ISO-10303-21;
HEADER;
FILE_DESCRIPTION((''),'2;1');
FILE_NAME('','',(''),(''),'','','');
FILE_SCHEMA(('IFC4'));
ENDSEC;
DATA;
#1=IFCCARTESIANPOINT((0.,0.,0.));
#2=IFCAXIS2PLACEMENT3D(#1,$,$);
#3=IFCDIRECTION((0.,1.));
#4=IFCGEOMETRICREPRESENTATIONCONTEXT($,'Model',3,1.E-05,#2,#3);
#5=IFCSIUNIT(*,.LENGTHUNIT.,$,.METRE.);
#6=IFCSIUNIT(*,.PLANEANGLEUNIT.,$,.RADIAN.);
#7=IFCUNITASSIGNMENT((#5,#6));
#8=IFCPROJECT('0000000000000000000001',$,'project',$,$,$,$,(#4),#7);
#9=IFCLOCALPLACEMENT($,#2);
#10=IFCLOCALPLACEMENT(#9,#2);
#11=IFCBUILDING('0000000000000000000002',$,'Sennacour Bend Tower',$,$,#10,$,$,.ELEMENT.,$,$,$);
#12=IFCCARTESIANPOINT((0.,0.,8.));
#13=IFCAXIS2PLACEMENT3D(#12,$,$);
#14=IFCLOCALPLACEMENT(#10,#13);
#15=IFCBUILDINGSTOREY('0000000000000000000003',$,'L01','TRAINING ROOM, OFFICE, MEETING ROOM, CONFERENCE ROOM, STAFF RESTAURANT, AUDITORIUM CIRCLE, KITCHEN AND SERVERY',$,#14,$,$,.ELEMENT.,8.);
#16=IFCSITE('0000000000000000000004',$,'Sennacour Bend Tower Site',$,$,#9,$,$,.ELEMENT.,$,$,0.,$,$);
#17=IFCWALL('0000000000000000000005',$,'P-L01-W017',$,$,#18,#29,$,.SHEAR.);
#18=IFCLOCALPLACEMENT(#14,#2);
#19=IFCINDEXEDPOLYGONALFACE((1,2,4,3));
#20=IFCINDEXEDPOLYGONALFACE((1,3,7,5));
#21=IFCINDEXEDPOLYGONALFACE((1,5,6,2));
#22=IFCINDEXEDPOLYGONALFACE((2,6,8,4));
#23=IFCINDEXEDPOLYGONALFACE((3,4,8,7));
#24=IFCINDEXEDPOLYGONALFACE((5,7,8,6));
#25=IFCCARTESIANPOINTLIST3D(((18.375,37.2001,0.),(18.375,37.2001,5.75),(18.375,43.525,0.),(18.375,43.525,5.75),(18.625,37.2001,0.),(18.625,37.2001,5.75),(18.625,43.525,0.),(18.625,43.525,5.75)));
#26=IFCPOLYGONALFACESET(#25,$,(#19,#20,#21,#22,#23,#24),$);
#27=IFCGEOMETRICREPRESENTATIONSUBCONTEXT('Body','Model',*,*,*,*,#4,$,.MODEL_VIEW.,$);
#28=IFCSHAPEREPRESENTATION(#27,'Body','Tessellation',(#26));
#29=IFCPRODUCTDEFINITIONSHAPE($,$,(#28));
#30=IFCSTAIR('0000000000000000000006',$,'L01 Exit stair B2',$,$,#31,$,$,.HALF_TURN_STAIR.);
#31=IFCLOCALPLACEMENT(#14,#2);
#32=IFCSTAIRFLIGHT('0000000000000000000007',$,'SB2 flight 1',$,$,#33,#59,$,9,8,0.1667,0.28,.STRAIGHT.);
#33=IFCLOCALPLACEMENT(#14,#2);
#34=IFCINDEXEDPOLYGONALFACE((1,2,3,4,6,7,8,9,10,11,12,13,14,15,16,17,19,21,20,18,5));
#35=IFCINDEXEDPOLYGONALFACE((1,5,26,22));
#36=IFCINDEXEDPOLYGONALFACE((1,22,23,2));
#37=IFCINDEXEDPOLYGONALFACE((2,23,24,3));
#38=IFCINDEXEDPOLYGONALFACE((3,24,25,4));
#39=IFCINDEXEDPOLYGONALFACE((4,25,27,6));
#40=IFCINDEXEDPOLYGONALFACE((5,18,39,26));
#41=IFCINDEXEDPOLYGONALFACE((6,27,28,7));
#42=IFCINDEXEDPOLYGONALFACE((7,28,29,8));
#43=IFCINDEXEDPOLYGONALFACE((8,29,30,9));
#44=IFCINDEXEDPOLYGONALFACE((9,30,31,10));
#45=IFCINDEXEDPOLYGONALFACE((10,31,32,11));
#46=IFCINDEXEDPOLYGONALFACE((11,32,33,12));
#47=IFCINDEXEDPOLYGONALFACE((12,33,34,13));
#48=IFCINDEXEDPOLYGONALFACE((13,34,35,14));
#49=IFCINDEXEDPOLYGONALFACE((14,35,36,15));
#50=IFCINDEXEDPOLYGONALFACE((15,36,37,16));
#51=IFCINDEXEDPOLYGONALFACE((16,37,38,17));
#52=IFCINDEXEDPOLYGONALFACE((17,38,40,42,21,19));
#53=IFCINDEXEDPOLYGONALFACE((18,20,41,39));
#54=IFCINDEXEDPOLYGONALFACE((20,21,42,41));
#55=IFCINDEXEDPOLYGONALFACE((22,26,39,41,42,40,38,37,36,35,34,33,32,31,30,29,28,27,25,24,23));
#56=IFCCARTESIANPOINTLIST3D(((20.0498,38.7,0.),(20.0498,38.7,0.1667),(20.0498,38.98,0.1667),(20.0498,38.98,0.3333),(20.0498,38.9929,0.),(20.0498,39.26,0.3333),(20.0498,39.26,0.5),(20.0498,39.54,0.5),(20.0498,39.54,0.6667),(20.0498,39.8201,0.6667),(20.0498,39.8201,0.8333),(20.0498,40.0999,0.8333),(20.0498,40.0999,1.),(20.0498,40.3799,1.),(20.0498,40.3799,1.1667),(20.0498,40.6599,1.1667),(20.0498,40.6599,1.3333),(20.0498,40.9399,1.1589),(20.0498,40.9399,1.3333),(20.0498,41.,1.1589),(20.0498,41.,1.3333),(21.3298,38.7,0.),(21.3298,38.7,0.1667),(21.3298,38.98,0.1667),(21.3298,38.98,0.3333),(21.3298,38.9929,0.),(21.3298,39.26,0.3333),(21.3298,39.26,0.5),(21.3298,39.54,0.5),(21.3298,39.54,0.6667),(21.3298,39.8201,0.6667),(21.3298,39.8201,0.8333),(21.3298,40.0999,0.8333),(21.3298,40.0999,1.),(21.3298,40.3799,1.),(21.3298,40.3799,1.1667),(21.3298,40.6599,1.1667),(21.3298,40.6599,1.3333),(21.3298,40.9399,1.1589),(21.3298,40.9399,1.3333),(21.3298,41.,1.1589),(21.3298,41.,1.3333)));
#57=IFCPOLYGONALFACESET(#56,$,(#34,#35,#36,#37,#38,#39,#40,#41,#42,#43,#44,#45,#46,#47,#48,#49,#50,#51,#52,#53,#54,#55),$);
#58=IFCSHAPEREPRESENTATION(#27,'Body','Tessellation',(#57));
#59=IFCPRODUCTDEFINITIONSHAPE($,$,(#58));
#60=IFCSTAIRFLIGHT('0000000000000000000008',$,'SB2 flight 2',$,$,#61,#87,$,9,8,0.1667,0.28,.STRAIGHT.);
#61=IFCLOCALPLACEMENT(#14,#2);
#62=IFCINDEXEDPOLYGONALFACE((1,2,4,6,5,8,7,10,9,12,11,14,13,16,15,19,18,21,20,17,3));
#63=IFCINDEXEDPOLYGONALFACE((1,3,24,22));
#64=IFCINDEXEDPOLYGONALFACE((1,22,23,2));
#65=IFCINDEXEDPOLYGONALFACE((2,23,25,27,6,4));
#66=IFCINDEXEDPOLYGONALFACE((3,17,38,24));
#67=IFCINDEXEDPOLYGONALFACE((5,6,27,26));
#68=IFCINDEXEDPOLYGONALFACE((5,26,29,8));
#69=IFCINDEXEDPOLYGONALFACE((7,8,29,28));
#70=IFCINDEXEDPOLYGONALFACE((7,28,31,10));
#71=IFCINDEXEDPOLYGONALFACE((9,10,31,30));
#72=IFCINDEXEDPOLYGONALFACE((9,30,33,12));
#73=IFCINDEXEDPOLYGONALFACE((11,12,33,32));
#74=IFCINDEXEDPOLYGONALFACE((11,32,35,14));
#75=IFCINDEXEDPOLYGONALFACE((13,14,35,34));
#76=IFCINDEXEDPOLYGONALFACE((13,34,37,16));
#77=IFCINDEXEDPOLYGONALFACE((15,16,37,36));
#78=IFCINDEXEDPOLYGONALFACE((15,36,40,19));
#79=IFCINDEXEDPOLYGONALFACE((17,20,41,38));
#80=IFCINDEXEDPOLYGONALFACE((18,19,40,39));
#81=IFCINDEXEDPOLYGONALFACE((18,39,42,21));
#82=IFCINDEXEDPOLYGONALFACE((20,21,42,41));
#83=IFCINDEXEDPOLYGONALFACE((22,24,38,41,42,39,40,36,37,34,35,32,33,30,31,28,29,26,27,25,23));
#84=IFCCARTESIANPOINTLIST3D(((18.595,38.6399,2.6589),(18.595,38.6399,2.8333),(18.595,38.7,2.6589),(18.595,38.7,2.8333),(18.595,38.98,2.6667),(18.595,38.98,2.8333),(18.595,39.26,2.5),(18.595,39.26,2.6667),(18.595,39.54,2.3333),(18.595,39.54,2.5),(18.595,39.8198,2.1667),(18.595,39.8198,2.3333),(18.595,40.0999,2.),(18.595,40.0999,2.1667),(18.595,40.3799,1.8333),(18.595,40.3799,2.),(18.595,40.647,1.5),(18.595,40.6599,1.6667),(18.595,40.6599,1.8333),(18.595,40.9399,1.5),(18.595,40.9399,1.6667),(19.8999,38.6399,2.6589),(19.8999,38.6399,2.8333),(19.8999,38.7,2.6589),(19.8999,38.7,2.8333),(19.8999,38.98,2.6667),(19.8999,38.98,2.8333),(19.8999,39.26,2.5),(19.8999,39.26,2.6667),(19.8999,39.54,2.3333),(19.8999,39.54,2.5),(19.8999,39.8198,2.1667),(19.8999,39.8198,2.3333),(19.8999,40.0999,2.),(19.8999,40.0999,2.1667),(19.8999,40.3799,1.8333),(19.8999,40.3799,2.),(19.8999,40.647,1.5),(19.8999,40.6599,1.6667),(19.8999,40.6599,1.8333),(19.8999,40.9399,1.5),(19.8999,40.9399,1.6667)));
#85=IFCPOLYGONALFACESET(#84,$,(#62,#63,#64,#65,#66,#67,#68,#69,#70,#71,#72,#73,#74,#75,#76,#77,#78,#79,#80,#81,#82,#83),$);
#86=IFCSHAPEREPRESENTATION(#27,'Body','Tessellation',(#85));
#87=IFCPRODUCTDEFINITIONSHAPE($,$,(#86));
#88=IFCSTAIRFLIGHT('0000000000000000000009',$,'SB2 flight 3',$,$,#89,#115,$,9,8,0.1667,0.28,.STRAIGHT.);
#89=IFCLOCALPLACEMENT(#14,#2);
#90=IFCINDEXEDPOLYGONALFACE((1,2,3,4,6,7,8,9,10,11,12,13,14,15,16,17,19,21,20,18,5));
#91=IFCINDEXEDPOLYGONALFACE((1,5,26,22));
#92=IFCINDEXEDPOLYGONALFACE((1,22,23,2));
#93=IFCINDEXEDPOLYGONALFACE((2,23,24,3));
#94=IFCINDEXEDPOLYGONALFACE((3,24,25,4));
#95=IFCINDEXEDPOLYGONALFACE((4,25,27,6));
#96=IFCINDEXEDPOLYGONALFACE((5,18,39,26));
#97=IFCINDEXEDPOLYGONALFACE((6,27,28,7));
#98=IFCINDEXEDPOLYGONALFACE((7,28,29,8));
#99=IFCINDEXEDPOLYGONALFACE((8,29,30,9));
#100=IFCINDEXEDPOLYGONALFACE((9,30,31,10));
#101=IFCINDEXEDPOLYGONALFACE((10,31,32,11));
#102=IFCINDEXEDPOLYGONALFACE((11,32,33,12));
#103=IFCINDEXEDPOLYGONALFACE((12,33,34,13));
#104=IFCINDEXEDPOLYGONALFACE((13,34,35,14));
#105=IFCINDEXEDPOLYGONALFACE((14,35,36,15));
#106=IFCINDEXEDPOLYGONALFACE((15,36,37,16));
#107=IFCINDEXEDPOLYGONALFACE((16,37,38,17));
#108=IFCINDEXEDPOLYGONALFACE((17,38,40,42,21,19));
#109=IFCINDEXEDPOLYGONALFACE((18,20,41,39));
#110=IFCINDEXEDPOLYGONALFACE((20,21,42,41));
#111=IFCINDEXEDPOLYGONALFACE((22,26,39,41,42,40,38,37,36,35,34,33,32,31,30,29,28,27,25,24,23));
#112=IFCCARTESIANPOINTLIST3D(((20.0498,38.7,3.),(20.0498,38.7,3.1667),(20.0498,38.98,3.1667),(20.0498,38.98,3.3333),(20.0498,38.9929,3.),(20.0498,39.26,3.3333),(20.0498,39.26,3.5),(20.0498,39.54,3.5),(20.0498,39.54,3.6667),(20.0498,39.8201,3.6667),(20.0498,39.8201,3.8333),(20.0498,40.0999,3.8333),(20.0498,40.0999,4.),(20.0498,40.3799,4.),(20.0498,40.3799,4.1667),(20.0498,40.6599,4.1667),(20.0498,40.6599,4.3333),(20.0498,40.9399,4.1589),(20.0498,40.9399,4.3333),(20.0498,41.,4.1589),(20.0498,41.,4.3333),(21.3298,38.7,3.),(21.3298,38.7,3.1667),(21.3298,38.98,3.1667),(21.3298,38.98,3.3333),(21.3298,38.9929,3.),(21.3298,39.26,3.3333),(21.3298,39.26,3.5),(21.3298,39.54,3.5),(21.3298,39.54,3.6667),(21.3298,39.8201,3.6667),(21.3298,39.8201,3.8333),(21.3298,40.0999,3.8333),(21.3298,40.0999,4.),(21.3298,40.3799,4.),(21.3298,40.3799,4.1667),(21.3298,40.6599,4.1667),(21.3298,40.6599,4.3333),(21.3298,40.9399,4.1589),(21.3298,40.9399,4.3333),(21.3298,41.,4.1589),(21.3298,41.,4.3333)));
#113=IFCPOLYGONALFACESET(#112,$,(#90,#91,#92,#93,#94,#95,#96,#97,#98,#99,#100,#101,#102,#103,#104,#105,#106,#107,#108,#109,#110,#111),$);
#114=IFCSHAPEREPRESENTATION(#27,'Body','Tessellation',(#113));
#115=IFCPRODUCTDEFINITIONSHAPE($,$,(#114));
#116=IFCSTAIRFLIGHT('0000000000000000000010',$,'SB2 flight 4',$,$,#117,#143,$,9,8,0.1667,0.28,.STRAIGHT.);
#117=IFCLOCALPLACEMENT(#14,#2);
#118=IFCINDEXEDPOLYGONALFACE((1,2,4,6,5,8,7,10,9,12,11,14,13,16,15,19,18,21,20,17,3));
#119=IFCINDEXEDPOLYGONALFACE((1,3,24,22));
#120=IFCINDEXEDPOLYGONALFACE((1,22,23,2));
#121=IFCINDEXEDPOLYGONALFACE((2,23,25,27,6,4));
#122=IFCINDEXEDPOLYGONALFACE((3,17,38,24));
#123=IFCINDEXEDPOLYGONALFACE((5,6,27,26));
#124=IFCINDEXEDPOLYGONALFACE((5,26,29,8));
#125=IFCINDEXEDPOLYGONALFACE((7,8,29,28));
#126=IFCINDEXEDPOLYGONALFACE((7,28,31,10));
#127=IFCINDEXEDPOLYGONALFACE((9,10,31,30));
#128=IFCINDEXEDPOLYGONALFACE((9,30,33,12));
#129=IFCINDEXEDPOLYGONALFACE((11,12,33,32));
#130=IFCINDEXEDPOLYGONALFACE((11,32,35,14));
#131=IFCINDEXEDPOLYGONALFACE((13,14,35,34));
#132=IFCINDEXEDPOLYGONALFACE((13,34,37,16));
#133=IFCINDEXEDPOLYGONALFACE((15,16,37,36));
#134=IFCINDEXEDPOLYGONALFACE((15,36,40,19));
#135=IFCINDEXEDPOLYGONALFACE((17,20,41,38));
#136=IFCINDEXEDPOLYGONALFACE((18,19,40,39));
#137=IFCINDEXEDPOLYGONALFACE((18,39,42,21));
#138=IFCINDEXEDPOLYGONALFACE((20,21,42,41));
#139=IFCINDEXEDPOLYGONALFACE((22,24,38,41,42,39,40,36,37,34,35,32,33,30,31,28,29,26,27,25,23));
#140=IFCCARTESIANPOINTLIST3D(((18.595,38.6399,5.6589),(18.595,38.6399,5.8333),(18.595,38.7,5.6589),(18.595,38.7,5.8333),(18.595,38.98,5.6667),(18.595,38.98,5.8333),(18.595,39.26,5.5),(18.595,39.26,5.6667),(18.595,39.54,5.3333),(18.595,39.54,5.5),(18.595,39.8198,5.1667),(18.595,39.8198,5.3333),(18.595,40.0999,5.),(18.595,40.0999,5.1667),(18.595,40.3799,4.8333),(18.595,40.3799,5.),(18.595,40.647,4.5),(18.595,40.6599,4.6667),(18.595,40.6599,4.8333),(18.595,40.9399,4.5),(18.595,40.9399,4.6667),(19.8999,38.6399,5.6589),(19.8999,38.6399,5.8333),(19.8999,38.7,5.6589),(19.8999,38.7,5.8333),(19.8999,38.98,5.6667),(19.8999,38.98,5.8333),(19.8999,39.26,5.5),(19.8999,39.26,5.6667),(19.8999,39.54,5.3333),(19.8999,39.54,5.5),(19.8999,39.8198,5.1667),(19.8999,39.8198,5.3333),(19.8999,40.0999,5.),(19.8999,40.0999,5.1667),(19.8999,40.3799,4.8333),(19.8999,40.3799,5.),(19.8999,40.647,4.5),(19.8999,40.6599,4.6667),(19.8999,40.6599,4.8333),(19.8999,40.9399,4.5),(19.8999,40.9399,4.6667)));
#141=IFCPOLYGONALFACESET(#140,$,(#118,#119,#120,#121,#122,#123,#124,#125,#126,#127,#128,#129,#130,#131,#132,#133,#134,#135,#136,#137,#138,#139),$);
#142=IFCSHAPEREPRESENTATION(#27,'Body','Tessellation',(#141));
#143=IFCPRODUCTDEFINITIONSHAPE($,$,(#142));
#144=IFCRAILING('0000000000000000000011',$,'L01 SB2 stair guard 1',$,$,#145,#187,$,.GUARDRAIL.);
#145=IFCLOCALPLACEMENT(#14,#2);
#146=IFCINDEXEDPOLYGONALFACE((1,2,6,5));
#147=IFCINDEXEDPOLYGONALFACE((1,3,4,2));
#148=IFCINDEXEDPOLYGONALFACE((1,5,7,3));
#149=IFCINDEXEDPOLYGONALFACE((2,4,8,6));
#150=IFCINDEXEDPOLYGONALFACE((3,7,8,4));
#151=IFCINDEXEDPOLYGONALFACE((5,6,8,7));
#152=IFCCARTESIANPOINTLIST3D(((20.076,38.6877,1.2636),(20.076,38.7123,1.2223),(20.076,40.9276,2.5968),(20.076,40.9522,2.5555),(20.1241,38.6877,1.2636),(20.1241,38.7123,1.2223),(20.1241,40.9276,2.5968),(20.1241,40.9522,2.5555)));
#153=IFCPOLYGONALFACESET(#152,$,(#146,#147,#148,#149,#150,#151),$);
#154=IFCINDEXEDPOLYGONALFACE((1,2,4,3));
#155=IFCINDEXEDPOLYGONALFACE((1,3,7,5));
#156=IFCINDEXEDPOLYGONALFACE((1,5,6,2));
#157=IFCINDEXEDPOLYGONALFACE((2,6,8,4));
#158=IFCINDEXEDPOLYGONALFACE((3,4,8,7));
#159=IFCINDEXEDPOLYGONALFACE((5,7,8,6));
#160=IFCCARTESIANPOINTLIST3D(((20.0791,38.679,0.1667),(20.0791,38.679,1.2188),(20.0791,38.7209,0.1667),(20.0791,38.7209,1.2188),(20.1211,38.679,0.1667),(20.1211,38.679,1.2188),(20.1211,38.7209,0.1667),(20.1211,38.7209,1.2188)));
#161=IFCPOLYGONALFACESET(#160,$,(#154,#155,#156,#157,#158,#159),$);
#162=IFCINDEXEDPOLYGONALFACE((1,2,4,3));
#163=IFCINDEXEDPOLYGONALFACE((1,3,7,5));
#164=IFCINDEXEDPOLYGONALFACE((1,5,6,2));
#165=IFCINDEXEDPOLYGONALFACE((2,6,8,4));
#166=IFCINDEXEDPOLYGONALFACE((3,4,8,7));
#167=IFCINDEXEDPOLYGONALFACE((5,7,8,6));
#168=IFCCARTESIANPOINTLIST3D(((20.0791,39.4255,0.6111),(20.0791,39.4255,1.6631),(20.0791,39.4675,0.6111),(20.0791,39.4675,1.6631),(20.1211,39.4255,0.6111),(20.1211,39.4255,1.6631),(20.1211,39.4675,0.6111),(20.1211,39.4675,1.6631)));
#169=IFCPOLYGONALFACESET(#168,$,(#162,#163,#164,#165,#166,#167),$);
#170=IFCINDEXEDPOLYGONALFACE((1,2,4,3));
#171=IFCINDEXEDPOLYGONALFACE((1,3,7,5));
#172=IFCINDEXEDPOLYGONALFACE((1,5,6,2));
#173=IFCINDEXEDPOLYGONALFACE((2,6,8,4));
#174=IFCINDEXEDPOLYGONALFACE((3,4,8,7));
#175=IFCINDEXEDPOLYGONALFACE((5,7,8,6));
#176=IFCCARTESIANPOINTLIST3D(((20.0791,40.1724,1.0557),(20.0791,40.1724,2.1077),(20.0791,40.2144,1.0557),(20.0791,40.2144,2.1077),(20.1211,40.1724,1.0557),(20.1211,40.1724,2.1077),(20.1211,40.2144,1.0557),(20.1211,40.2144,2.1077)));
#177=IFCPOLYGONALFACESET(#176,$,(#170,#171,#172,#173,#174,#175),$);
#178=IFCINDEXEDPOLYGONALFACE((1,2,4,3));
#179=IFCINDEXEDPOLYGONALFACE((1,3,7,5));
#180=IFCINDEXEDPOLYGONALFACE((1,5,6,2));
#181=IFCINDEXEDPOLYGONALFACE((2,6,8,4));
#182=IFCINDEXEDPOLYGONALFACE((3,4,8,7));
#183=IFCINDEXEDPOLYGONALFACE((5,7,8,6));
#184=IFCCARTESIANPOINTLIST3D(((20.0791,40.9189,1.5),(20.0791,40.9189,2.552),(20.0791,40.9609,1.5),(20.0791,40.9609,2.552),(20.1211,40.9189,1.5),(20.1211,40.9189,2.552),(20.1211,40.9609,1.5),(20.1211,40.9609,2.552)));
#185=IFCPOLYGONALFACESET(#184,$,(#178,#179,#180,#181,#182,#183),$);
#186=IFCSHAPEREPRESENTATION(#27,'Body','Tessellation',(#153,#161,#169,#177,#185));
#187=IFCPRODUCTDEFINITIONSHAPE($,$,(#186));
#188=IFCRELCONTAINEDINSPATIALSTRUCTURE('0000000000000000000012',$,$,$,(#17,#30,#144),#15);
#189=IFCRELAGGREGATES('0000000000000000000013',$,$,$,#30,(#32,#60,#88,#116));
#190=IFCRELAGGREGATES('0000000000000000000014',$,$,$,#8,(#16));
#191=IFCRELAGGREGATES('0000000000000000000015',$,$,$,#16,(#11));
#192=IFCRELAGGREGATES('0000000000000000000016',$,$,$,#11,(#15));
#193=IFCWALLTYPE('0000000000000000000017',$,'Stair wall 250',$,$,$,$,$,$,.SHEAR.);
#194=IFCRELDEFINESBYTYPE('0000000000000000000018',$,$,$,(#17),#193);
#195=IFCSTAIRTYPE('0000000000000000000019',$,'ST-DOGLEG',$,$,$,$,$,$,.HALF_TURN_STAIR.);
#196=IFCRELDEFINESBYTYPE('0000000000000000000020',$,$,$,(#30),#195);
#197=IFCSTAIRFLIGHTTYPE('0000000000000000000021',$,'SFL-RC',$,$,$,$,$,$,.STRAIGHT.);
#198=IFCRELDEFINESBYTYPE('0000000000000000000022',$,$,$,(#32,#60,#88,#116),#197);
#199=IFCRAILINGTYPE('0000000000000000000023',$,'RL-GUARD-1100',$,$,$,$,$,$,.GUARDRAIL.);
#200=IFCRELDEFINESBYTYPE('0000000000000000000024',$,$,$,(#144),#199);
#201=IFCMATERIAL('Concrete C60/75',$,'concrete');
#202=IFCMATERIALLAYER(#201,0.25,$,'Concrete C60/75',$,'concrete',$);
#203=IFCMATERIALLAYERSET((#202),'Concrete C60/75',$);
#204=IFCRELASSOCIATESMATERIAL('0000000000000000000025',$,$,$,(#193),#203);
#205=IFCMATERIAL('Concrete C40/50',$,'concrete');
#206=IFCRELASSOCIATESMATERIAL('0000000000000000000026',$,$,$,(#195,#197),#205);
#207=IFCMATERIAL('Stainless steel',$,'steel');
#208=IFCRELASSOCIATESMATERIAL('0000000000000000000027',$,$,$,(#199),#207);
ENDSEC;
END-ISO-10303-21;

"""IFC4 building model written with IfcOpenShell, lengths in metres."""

from ifc_helpers import new_model, si_unit, direction, frame, frame_2d, origin, origin_2d, place, context, subcontext, project, spatial, polyline, rectangle, outline, extrude, material, layer, layer_set, type_object, element, aggregate, save


model = new_model("IFC4")

# Units and contexts
model_context = context("Model", 3, precision=1e-05, world=origin(), true_north=direction((0.0, 1.0)))
body_context = subcontext(model_context, "Body", "Model", "MODEL_VIEW")
ifc_project = project(units=[si_unit("LENGTHUNIT", "METRE"), si_unit("PLANEANGLEUNIT", "RADIAN")], contexts=[model_context])

# Site, building, storey
site_placement = place(None, origin())
site = spatial("IfcSite", under=ifc_project, at=site_placement, Name="Sennacour Bend Tower Site", CompositionType="ELEMENT", RefElevation=0.0)
building_placement = place(site_placement, origin())
building = spatial("IfcBuilding", under=site, at=building_placement, Name="Sennacour Bend Tower", CompositionType="ELEMENT")
storey_placement = place(building_placement, frame((0.0, 0.0, 8.0)))
storey = spatial("IfcBuildingStorey", under=building, at=storey_placement, Name="L01", Description="TRAINING ROOM, OFFICE, MEETING ROOM, CONFERENCE ROOM, STAFF RESTAURANT, AUDITORIUM CIRCLE, KITCHEN AND SERVERY", CompositionType="ELEMENT", Elevation=8.0)

# Wall
ifc_material_1 = material(Name="Concrete C60/75", Category="concrete")
ifc_layer_1 = layer(ifc_material_1, 0.25, Name="Concrete C60/75", Category="concrete")
ifc_layer_set_1 = layer_set([ifc_layer_1], Name="Concrete C60/75")
wall_type_1 = type_object("IfcWallType", Name="Stair wall 250", PredefinedType="SHEAR", material=ifc_layer_set_1)
wall_1_placement = place(storey_placement, frame((18.5, 37.2, 0.0), z_axis=(0.0, 0.0, 1.0), x_axis=(0.0, 1.0, 0.0)))
element("IfcWall", 1, at=wall_1_placement, inside=storey, type_object=wall_type_1, Name="P-L01-W017", PredefinedType="SHEAR", context=body_context, shape_type="SweptSolid", body=[
    extrude(rectangle(XDim=6.325, YDim=0.25, at=frame_2d((3.1626, 0.0))), origin(), (0.0, 0.0, 1.0), 5.75),
])

# Stair, stair flights
ifc_material_2 = material(Name="Concrete C40/50", Category="concrete")
stair_type = type_object("IfcStairType", Name="ST-DOGLEG", PredefinedType="HALF_TURN_STAIR", material=ifc_material_2)
stair_placement = place(storey_placement, origin())
stair = element("IfcStair", 2, at=stair_placement, inside=storey, type_object=stair_type, Name="L01 Exit stair B2", PredefinedType="HALF_TURN_STAIR")
stair_flight_type = type_object("IfcStairFlightType", Name="SFL-RC", PredefinedType="STRAIGHT", material=ifc_material_2)
stair_flight_1_placement = place(storey_placement, frame((20.6899, 38.7, 0.0), z_axis=(0.0, 0.0, 1.0), x_axis=(0.0, 1.0, 0.0)))
stair_flight_1 = element("IfcStairFlight", 3, at=stair_flight_1_placement, type_object=stair_flight_type, Name="SB2 flight 1", NumberOfRisers=9, NumberOfTreads=8, PredefinedType="STRAIGHT", RiserHeight=0.1667, TreadLength=0.28, context=body_context, shape_type="SweptSolid", body=[
    extrude(outline(polyline([(0.0, 0.0), (0.0, 0.1667), (0.28, 0.1667), (0.28, 0.3333), (0.5601, 0.3333), (0.5601, 0.5), (0.8401, 0.5), (0.8401, 0.6667), (1.1201, 0.6667), (1.1201, 0.8333), (1.3999, 0.8333), (1.3999, 1.0), (1.6799, 1.0), (1.6799, 1.1667), (1.96, 1.1667), (1.96, 1.3333), (2.24, 1.3333), (2.3, 1.3333), (2.3, 1.1589), (2.24, 1.1589), (0.293, 0.0), (0.0, 0.0)])), frame((0.0, 0.6401, 0.0), z_axis=(0.0, -1.0, 0.0), x_axis=(1.0, 0.0, 0.0)), (0.0, 0.0, 1.0), 1.28),
])
stair_flight_2_placement = place(storey_placement, frame((19.2476, 40.9399, 1.5), z_axis=(0.0, 0.0, 1.0), x_axis=(0.0, -1.0, 0.0)))
stair_flight_2 = element("IfcStairFlight", 4, at=stair_flight_2_placement, type_object=stair_flight_type, Name="SB2 flight 2", NumberOfRisers=9, NumberOfTreads=8, PredefinedType="STRAIGHT", RiserHeight=0.1667, TreadLength=0.28, context=body_context, shape_type="SweptSolid", body=[
    extrude(outline(polyline([(0.0, 0.0), (0.0, 0.1667), (0.28, 0.1667), (0.28, 0.3333), (0.5601, 0.3333), (0.5601, 0.5), (0.8401, 0.5), (0.8401, 0.6667), (1.1201, 0.6667), (1.1201, 0.8333), (1.3999, 0.8333), (1.3999, 1.0), (1.6799, 1.0), (1.6799, 1.1667), (1.96, 1.1667), (1.96, 1.3333), (2.24, 1.3333), (2.3, 1.3333), (2.3, 1.1589), (2.24, 1.1589), (0.293, 0.0), (0.0, 0.0)])), frame((0.0, 0.6523, 0.0), z_axis=(0.0, -1.0, 0.0), x_axis=(1.0, 0.0, 0.0)), (0.0, 0.0, 1.0), 1.3049),
])
stair_flight_3_placement = place(storey_placement, frame((20.6899, 38.7, 3.0), z_axis=(0.0, 0.0, 1.0), x_axis=(0.0, 1.0, 0.0)))
stair_flight_3 = element("IfcStairFlight", 5, at=stair_flight_3_placement, type_object=stair_flight_type, Name="SB2 flight 3", NumberOfRisers=9, NumberOfTreads=8, PredefinedType="STRAIGHT", RiserHeight=0.1667, TreadLength=0.28, context=body_context, shape_type="SweptSolid", body=[
    extrude(outline(polyline([(0.0, 0.0), (0.0, 0.1667), (0.28, 0.1667), (0.28, 0.3333), (0.5601, 0.3333), (0.5601, 0.5), (0.8401, 0.5), (0.8401, 0.6667), (1.1201, 0.6667), (1.1201, 0.8333), (1.3999, 0.8333), (1.3999, 1.0), (1.6799, 1.0), (1.6799, 1.1667), (1.96, 1.1667), (1.96, 1.3333), (2.24, 1.3333), (2.3, 1.3333), (2.3, 1.1589), (2.24, 1.1589), (0.293, 0.0), (0.0, 0.0)])), frame((0.0, 0.6401, 0.0), z_axis=(0.0, -1.0, 0.0), x_axis=(1.0, 0.0, 0.0)), (0.0, 0.0, 1.0), 1.28),
])
stair_flight_4_placement = place(storey_placement, frame((19.2476, 40.9399, 4.5), z_axis=(0.0, 0.0, 1.0), x_axis=(0.0, -1.0, 0.0)))
stair_flight_4 = element("IfcStairFlight", 6, at=stair_flight_4_placement, type_object=stair_flight_type, Name="SB2 flight 4", NumberOfRisers=9, NumberOfTreads=8, PredefinedType="STRAIGHT", RiserHeight=0.1667, TreadLength=0.28, context=body_context, shape_type="SweptSolid", body=[
    extrude(outline(polyline([(0.0, 0.0), (0.0, 0.1667), (0.28, 0.1667), (0.28, 0.3333), (0.5601, 0.3333), (0.5601, 0.5), (0.8401, 0.5), (0.8401, 0.6667), (1.1201, 0.6667), (1.1201, 0.8333), (1.3999, 0.8333), (1.3999, 1.0), (1.6799, 1.0), (1.6799, 1.1667), (1.96, 1.1667), (1.96, 1.3333), (2.24, 1.3333), (2.3, 1.3333), (2.3, 1.1589), (2.24, 1.1589), (0.293, 0.0), (0.0, 0.0)])), frame((0.0, 0.6523, 0.0), z_axis=(0.0, -1.0, 0.0), x_axis=(1.0, 0.0, 0.0)), (0.0, 0.0, 1.0), 1.3049),
])
aggregate(stair, [stair_flight_1, stair_flight_2, stair_flight_3, stair_flight_4])

# Railing
ifc_material_3 = material(Name="Stainless steel", Category="steel")
railing_type_1 = type_object("IfcRailingType", Name="RL-GUARD-1100", PredefinedType="GUARDRAIL", material=ifc_material_3)
railing_1_placement = place(storey_placement, frame((20.1001, 38.7, 0.1667)))
element("IfcRailing", 7, at=railing_1_placement, inside=storey, type_object=railing_type_1, Name="L01 SB2 stair guard 1", PredefinedType="GUARDRAIL", context=body_context, shape_type="SweptSolid", body=[
    extrude(rectangle(XDim=0.0481, YDim=0.0481, at=origin_2d()), frame((0.0, 0.0, 1.0762), z_axis=(0.0, 0.859306, 0.511462), x_axis=(-1.0, 0.0, 0.0)), (0.0, 0.0, 1.0), 2.6067),
    extrude(rectangle(XDim=0.042, YDim=0.042, at=origin_2d()), origin(), (0.0, 0.0, 1.0), 1.052),
    extrude(rectangle(XDim=0.042, YDim=0.042, at=origin_2d()), frame((0.0, 0.7466, 0.4443)), (0.0, 0.0, 1.0), 1.052),
    extrude(rectangle(XDim=0.042, YDim=0.042, at=origin_2d()), frame((0.0, 1.4934, 0.8889)), (0.0, 0.0, 1.0), 1.052),
    extrude(rectangle(XDim=0.042, YDim=0.042, at=origin_2d()), frame((0.0, 2.24, 1.3333)), (0.0, 0.0, 1.0), 1.052),
])

save(model, "model.ifc")
